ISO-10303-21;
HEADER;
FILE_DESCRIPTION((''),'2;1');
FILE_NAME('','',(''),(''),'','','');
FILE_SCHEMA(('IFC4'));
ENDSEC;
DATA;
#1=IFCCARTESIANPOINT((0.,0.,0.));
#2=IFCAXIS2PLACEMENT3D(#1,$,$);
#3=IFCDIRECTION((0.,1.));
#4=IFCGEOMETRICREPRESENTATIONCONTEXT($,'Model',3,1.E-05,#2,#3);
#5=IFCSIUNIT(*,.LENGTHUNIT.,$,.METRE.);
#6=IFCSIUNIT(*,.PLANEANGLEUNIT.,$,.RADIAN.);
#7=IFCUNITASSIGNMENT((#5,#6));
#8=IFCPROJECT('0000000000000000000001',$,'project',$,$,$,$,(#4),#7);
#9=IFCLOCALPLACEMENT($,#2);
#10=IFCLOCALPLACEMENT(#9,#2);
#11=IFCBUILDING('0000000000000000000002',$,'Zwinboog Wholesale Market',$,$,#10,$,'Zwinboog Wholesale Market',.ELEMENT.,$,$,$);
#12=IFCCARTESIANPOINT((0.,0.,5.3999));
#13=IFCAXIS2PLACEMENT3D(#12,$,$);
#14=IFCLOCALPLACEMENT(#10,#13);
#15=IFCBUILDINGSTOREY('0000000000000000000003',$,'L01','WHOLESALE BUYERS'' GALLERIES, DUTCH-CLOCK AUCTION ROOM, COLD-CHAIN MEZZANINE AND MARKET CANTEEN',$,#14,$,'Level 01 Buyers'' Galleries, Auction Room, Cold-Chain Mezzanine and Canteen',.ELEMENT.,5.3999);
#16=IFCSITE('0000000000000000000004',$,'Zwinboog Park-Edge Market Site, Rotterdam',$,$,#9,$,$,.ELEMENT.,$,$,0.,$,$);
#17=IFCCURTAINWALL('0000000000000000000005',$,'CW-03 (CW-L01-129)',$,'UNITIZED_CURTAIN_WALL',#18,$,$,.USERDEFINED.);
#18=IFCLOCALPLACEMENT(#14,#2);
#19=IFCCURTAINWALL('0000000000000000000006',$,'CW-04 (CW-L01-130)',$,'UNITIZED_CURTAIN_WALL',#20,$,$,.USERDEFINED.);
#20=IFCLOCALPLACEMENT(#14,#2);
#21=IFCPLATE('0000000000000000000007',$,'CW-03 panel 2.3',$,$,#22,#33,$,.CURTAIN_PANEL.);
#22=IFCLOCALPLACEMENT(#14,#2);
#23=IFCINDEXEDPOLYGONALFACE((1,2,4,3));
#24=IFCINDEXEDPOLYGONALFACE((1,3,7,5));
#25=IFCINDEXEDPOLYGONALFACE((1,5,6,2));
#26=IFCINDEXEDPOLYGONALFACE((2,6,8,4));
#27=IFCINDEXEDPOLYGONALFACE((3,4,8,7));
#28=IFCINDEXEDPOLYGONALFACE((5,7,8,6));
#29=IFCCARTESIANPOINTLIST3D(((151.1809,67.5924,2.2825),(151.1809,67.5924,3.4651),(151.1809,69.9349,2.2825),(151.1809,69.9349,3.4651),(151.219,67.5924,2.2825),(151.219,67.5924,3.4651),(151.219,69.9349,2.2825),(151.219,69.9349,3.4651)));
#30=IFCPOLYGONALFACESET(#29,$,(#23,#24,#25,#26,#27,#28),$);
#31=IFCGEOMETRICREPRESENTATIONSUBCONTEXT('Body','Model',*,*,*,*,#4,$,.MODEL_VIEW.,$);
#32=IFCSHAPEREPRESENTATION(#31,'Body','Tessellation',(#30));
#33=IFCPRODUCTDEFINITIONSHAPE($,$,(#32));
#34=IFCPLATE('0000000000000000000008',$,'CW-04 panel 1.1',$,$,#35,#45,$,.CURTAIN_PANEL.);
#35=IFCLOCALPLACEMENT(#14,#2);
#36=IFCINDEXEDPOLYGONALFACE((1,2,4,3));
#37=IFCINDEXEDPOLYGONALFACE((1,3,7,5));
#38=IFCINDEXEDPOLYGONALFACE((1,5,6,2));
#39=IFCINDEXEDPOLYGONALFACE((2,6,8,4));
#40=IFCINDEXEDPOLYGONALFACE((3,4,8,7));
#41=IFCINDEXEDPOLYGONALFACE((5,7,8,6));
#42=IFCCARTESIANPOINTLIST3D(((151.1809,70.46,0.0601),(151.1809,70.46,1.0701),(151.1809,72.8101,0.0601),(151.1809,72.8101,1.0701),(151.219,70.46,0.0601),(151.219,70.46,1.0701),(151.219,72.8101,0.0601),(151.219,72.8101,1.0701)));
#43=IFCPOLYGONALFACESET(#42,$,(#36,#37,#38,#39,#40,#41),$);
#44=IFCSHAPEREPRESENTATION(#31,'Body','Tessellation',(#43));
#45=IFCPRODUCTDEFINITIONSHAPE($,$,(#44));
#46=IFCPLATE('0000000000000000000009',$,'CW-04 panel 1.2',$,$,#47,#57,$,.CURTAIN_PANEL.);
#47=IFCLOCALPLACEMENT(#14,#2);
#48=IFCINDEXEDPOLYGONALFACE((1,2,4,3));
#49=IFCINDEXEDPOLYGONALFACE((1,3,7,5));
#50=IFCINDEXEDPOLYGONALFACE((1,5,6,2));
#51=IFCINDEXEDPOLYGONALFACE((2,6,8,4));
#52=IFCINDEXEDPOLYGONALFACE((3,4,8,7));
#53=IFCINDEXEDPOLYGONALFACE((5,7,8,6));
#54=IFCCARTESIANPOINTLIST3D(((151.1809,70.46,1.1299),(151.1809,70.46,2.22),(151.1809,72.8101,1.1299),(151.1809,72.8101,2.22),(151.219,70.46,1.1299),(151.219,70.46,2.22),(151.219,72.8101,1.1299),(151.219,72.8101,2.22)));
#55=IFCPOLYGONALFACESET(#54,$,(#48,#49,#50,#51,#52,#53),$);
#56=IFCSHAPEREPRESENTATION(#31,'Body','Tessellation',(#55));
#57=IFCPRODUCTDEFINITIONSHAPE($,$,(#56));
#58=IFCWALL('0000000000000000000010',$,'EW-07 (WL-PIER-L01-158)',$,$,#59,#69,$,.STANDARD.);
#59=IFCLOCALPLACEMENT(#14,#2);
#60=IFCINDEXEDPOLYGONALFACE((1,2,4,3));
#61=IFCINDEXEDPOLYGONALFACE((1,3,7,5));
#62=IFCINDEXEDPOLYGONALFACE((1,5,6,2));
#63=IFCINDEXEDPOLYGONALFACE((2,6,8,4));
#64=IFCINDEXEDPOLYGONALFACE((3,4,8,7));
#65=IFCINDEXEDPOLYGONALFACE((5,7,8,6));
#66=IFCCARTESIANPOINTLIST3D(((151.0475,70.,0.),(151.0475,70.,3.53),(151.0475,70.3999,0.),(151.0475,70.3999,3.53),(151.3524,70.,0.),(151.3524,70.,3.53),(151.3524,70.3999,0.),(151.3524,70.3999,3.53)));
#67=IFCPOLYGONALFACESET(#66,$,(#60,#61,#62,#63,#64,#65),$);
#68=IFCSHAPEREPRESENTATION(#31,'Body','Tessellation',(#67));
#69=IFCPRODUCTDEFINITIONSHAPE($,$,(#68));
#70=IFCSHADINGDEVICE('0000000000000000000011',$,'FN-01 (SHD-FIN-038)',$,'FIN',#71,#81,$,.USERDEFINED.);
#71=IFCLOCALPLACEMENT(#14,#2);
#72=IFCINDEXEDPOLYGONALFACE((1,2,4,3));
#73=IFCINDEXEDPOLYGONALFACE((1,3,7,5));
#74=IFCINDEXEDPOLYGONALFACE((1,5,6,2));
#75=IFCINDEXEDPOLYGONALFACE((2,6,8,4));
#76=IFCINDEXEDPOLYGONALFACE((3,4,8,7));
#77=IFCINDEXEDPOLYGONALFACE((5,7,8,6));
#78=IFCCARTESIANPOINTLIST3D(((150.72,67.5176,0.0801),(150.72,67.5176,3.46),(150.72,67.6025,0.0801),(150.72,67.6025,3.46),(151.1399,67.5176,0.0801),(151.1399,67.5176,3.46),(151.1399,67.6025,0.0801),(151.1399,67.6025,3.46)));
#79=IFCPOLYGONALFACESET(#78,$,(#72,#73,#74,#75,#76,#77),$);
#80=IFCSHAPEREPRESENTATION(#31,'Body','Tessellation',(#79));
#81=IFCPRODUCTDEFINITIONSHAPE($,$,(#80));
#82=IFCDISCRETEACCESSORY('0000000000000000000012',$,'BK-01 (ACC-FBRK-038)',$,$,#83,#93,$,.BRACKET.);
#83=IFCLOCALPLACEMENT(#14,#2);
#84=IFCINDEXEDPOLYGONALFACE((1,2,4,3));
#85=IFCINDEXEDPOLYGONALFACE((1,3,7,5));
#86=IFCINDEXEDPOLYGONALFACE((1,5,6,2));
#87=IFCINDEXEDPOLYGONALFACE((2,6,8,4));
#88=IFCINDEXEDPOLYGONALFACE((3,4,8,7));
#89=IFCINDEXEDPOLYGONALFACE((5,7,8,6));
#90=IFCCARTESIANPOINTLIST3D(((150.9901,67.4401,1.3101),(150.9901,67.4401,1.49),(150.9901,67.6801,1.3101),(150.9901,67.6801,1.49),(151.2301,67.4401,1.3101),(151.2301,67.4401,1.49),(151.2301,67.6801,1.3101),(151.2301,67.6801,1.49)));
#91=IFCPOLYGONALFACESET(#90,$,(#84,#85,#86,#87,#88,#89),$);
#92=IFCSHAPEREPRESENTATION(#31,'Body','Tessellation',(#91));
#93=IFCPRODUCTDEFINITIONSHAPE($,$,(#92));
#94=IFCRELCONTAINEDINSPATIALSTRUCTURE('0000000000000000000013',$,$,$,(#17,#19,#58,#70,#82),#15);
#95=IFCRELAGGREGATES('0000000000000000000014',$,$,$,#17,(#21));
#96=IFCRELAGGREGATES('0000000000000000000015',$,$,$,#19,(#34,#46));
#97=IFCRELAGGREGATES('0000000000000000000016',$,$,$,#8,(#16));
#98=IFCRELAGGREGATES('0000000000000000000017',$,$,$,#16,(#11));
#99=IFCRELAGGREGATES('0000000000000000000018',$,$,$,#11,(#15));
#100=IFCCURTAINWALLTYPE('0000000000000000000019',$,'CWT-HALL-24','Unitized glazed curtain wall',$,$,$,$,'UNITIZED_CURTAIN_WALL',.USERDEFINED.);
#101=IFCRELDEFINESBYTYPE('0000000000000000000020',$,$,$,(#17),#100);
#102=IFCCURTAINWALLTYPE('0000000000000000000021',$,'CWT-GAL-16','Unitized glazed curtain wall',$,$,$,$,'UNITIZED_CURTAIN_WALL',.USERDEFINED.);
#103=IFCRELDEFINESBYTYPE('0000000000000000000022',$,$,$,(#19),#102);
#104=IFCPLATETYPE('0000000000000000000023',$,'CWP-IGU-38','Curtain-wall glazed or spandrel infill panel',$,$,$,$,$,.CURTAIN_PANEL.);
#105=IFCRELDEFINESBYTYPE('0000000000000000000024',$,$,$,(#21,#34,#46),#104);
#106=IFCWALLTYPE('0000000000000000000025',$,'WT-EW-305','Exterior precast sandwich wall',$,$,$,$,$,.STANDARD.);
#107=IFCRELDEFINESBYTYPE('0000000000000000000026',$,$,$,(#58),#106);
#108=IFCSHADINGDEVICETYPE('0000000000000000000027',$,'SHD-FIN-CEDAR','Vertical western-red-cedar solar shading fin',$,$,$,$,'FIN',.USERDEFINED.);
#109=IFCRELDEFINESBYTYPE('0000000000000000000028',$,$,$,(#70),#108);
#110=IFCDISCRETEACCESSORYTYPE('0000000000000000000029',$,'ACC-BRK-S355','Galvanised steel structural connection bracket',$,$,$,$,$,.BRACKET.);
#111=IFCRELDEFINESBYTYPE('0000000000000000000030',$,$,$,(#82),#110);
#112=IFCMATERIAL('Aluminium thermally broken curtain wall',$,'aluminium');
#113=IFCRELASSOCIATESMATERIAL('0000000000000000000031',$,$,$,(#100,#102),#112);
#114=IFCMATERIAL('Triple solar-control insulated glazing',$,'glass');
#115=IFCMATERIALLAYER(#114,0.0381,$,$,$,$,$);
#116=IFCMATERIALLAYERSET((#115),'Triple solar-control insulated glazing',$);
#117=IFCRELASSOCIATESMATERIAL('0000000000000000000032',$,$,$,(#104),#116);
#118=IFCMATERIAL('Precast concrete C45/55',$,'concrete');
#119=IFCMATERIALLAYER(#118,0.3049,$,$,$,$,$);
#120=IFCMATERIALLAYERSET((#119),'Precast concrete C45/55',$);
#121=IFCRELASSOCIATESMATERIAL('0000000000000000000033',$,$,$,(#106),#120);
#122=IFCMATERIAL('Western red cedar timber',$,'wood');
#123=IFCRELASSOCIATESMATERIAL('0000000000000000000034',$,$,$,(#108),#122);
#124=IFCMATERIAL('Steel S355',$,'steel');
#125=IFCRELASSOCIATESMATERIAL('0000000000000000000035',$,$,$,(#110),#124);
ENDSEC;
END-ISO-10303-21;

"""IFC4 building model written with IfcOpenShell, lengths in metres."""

from ifc_helpers import new_model, si_unit, direction, frame, frame_2d, origin, origin_2d, place, context, subcontext, project, spatial, rectangle, extrude, material, layer, layer_set, type_object, element, aggregate, save


model = new_model("IFC4")

# Units and contexts
model_context = context("Model", 3, precision=1e-05, world=origin(), true_north=direction((0.0, 1.0)))
body_context = subcontext(model_context, "Body", "Model", "MODEL_VIEW")
ifc_project = project(units=[si_unit("LENGTHUNIT", "METRE"), si_unit("PLANEANGLEUNIT", "RADIAN")], contexts=[model_context])

# Site, building, storey
site_placement = place(None, origin())
site = spatial("IfcSite", under=ifc_project, at=site_placement, Name="Zwinboog Park-Edge Market Site, Rotterdam", CompositionType="ELEMENT", RefElevation=0.0)
building_placement = place(site_placement, origin())
building = spatial("IfcBuilding", under=site, at=building_placement, Name="Zwinboog Wholesale Market", LongName="Zwinboog Wholesale Market", CompositionType="ELEMENT")
storey_placement = place(building_placement, frame((0.0, 0.0, 5.3999)))
storey = spatial("IfcBuildingStorey", under=building, at=storey_placement, Name="L01", Description="WHOLESALE BUYERS' GALLERIES, DUTCH-CLOCK AUCTION ROOM, COLD-CHAIN MEZZANINE AND MARKET CANTEEN", LongName="Level 01 Buyers' Galleries, Auction Room, Cold-Chain Mezzanine and Canteen", CompositionType="ELEMENT", Elevation=5.3999)

# Curtain wall
ifc_material_1 = material(Name="Aluminium thermally broken curtain wall", Category="aluminium")
curtain_wall_type_1 = type_object("IfcCurtainWallType", Name="CWT-HALL-24", Description="Unitized glazed curtain wall", ElementType="UNITIZED_CURTAIN_WALL", PredefinedType="USERDEFINED", material=ifc_material_1)
curtain_wall_1_placement = place(storey_placement, origin())
curtain_wall_1 = element("IfcCurtainWall", 1, at=curtain_wall_1_placement, inside=storey, type_object=curtain_wall_type_1, Name="CW-03 (CW-L01-129)", ObjectType="UNITIZED_CURTAIN_WALL", PredefinedType="USERDEFINED")

# Curtain wall
curtain_wall_type_2 = type_object("IfcCurtainWallType", Name="CWT-GAL-16", Description="Unitized glazed curtain wall", ElementType="UNITIZED_CURTAIN_WALL", PredefinedType="USERDEFINED", material=ifc_material_1)
curtain_wall_2_placement = place(storey_placement, origin())
curtain_wall_2 = element("IfcCurtainWall", 2, at=curtain_wall_2_placement, inside=storey, type_object=curtain_wall_type_2, Name="CW-04 (CW-L01-130)", ObjectType="UNITIZED_CURTAIN_WALL", PredefinedType="USERDEFINED")

# Plates
ifc_material_2 = material(Name="Triple solar-control insulated glazing", Category="glass")
ifc_layer_1 = layer(ifc_material_2, 0.0381)
ifc_layer_set_1 = layer_set([ifc_layer_1], Name="Triple solar-control insulated glazing")
plate_type = type_object("IfcPlateType", Name="CWP-IGU-38", Description="Curtain-wall glazed or spandrel infill panel", PredefinedType="CURTAIN_PANEL", material=ifc_layer_set_1)
plate_1_placement = place(storey_placement, frame((151.2, 68.7637, 2.2825), z_axis=(0.0, 0.0, 1.0), x_axis=(0.0, 1.0, 0.0)))
plate_1 = element("IfcPlate", 3, at=plate_1_placement, type_object=plate_type, Name="CW-03 panel 2.3", PredefinedType="CURTAIN_PANEL", context=body_context, shape_type="SweptSolid", body=[
    extrude(rectangle(XDim=2.3425, YDim=0.0381, at=origin_2d()), origin(), (0.0, 0.0, 1.0), 1.1826),
])
aggregate(curtain_wall_1, [plate_1])
plate_2_placement = place(storey_placement, frame((151.2, 71.635, 0.0601), z_axis=(0.0, 0.0, 1.0), x_axis=(0.0, 1.0, 0.0)))
plate_2 = element("IfcPlate", 4, at=plate_2_placement, type_object=plate_type, Name="CW-04 panel 1.1", PredefinedType="CURTAIN_PANEL", context=body_context, shape_type="SweptSolid", body=[
    extrude(rectangle(XDim=2.3501, YDim=0.0381, at=origin_2d()), origin(), (0.0, 0.0, 1.0), 1.01),
])
plate_3_placement = place(storey_placement, frame((151.2, 71.635, 1.1299), z_axis=(0.0, 0.0, 1.0), x_axis=(0.0, 1.0, 0.0)))
plate_3 = element("IfcPlate", 5, at=plate_3_placement, type_object=plate_type, Name="CW-04 panel 1.2", PredefinedType="CURTAIN_PANEL", context=body_context, shape_type="SweptSolid", body=[
    extrude(rectangle(XDim=2.3501, YDim=0.0381, at=origin_2d()), origin(), (0.0, 0.0, 1.0), 1.0901),
])
aggregate(curtain_wall_2, [plate_2, plate_3])

# Wall
ifc_material_3 = material(Name="Precast concrete C45/55", Category="concrete")
ifc_layer_2 = layer(ifc_material_3, 0.3049)
ifc_layer_set_2 = layer_set([ifc_layer_2], Name="Precast concrete C45/55")
wall_type = type_object("IfcWallType", Name="WT-EW-305", Description="Exterior precast sandwich wall", PredefinedType="STANDARD", material=ifc_layer_set_2)
wall_placement = place(storey_placement, frame((151.2, 70.0, 0.0), z_axis=(0.0, 0.0, 1.0), x_axis=(0.0, 1.0, 0.0)))
element("IfcWall", 6, at=wall_placement, inside=storey, type_object=wall_type, Name="EW-07 (WL-PIER-L01-158)", PredefinedType="STANDARD", context=body_context, shape_type="SweptSolid", body=[
    extrude(rectangle(XDim=0.3999, YDim=0.3049, at=frame_2d((0.2, 0.0))), origin(), (0.0, 0.0, 1.0), 3.53),
])

# Shading device
ifc_material_4 = material(Name="Western red cedar timber", Category="wood")
shading_device_type = type_object("IfcShadingDeviceType", Name="SHD-FIN-CEDAR", Description="Vertical western-red-cedar solar shading fin", ElementType="FIN", PredefinedType="USERDEFINED", material=ifc_material_4)
shading_device_placement = place(storey_placement, frame((150.9299, 67.5601, 0.0801), z_axis=(0.0, 0.0, 1.0), x_axis=(1.0, 0.0, 0.0)))
element("IfcShadingDevice", 7, at=shading_device_placement, inside=storey, type_object=shading_device_type, Name="FN-01 (SHD-FIN-038)", ObjectType="FIN", PredefinedType="USERDEFINED", context=body_context, shape_type="SweptSolid", body=[
    extrude(rectangle(XDim=0.4199, YDim=0.085, at=origin_2d()), origin(), (0.0, 0.0, 1.0), 3.3799),
])

# Discrete accessory
ifc_material_5 = material(Name="Steel S355", Category="steel")
discrete_accessory_type = type_object("IfcDiscreteAccessoryType", Name="ACC-BRK-S355", Description="Galvanised steel structural connection bracket", PredefinedType="BRACKET", material=ifc_material_5)
discrete_accessory_placement = place(storey_placement, frame((151.1101, 67.5601, 1.3101), z_axis=(0.0, 0.0, 1.0), x_axis=(1.0, 0.0, 0.0)))
element("IfcDiscreteAccessory", 8, at=discrete_accessory_placement, inside=storey, type_object=discrete_accessory_type, Name="BK-01 (ACC-FBRK-038)", PredefinedType="BRACKET", context=body_context, shape_type="SweptSolid", body=[
    extrude(rectangle(XDim=0.24, YDim=0.24, at=origin_2d()), origin(), (0.0, 0.0, 1.0), 0.1799),
])

save(model, "model.ifc")
